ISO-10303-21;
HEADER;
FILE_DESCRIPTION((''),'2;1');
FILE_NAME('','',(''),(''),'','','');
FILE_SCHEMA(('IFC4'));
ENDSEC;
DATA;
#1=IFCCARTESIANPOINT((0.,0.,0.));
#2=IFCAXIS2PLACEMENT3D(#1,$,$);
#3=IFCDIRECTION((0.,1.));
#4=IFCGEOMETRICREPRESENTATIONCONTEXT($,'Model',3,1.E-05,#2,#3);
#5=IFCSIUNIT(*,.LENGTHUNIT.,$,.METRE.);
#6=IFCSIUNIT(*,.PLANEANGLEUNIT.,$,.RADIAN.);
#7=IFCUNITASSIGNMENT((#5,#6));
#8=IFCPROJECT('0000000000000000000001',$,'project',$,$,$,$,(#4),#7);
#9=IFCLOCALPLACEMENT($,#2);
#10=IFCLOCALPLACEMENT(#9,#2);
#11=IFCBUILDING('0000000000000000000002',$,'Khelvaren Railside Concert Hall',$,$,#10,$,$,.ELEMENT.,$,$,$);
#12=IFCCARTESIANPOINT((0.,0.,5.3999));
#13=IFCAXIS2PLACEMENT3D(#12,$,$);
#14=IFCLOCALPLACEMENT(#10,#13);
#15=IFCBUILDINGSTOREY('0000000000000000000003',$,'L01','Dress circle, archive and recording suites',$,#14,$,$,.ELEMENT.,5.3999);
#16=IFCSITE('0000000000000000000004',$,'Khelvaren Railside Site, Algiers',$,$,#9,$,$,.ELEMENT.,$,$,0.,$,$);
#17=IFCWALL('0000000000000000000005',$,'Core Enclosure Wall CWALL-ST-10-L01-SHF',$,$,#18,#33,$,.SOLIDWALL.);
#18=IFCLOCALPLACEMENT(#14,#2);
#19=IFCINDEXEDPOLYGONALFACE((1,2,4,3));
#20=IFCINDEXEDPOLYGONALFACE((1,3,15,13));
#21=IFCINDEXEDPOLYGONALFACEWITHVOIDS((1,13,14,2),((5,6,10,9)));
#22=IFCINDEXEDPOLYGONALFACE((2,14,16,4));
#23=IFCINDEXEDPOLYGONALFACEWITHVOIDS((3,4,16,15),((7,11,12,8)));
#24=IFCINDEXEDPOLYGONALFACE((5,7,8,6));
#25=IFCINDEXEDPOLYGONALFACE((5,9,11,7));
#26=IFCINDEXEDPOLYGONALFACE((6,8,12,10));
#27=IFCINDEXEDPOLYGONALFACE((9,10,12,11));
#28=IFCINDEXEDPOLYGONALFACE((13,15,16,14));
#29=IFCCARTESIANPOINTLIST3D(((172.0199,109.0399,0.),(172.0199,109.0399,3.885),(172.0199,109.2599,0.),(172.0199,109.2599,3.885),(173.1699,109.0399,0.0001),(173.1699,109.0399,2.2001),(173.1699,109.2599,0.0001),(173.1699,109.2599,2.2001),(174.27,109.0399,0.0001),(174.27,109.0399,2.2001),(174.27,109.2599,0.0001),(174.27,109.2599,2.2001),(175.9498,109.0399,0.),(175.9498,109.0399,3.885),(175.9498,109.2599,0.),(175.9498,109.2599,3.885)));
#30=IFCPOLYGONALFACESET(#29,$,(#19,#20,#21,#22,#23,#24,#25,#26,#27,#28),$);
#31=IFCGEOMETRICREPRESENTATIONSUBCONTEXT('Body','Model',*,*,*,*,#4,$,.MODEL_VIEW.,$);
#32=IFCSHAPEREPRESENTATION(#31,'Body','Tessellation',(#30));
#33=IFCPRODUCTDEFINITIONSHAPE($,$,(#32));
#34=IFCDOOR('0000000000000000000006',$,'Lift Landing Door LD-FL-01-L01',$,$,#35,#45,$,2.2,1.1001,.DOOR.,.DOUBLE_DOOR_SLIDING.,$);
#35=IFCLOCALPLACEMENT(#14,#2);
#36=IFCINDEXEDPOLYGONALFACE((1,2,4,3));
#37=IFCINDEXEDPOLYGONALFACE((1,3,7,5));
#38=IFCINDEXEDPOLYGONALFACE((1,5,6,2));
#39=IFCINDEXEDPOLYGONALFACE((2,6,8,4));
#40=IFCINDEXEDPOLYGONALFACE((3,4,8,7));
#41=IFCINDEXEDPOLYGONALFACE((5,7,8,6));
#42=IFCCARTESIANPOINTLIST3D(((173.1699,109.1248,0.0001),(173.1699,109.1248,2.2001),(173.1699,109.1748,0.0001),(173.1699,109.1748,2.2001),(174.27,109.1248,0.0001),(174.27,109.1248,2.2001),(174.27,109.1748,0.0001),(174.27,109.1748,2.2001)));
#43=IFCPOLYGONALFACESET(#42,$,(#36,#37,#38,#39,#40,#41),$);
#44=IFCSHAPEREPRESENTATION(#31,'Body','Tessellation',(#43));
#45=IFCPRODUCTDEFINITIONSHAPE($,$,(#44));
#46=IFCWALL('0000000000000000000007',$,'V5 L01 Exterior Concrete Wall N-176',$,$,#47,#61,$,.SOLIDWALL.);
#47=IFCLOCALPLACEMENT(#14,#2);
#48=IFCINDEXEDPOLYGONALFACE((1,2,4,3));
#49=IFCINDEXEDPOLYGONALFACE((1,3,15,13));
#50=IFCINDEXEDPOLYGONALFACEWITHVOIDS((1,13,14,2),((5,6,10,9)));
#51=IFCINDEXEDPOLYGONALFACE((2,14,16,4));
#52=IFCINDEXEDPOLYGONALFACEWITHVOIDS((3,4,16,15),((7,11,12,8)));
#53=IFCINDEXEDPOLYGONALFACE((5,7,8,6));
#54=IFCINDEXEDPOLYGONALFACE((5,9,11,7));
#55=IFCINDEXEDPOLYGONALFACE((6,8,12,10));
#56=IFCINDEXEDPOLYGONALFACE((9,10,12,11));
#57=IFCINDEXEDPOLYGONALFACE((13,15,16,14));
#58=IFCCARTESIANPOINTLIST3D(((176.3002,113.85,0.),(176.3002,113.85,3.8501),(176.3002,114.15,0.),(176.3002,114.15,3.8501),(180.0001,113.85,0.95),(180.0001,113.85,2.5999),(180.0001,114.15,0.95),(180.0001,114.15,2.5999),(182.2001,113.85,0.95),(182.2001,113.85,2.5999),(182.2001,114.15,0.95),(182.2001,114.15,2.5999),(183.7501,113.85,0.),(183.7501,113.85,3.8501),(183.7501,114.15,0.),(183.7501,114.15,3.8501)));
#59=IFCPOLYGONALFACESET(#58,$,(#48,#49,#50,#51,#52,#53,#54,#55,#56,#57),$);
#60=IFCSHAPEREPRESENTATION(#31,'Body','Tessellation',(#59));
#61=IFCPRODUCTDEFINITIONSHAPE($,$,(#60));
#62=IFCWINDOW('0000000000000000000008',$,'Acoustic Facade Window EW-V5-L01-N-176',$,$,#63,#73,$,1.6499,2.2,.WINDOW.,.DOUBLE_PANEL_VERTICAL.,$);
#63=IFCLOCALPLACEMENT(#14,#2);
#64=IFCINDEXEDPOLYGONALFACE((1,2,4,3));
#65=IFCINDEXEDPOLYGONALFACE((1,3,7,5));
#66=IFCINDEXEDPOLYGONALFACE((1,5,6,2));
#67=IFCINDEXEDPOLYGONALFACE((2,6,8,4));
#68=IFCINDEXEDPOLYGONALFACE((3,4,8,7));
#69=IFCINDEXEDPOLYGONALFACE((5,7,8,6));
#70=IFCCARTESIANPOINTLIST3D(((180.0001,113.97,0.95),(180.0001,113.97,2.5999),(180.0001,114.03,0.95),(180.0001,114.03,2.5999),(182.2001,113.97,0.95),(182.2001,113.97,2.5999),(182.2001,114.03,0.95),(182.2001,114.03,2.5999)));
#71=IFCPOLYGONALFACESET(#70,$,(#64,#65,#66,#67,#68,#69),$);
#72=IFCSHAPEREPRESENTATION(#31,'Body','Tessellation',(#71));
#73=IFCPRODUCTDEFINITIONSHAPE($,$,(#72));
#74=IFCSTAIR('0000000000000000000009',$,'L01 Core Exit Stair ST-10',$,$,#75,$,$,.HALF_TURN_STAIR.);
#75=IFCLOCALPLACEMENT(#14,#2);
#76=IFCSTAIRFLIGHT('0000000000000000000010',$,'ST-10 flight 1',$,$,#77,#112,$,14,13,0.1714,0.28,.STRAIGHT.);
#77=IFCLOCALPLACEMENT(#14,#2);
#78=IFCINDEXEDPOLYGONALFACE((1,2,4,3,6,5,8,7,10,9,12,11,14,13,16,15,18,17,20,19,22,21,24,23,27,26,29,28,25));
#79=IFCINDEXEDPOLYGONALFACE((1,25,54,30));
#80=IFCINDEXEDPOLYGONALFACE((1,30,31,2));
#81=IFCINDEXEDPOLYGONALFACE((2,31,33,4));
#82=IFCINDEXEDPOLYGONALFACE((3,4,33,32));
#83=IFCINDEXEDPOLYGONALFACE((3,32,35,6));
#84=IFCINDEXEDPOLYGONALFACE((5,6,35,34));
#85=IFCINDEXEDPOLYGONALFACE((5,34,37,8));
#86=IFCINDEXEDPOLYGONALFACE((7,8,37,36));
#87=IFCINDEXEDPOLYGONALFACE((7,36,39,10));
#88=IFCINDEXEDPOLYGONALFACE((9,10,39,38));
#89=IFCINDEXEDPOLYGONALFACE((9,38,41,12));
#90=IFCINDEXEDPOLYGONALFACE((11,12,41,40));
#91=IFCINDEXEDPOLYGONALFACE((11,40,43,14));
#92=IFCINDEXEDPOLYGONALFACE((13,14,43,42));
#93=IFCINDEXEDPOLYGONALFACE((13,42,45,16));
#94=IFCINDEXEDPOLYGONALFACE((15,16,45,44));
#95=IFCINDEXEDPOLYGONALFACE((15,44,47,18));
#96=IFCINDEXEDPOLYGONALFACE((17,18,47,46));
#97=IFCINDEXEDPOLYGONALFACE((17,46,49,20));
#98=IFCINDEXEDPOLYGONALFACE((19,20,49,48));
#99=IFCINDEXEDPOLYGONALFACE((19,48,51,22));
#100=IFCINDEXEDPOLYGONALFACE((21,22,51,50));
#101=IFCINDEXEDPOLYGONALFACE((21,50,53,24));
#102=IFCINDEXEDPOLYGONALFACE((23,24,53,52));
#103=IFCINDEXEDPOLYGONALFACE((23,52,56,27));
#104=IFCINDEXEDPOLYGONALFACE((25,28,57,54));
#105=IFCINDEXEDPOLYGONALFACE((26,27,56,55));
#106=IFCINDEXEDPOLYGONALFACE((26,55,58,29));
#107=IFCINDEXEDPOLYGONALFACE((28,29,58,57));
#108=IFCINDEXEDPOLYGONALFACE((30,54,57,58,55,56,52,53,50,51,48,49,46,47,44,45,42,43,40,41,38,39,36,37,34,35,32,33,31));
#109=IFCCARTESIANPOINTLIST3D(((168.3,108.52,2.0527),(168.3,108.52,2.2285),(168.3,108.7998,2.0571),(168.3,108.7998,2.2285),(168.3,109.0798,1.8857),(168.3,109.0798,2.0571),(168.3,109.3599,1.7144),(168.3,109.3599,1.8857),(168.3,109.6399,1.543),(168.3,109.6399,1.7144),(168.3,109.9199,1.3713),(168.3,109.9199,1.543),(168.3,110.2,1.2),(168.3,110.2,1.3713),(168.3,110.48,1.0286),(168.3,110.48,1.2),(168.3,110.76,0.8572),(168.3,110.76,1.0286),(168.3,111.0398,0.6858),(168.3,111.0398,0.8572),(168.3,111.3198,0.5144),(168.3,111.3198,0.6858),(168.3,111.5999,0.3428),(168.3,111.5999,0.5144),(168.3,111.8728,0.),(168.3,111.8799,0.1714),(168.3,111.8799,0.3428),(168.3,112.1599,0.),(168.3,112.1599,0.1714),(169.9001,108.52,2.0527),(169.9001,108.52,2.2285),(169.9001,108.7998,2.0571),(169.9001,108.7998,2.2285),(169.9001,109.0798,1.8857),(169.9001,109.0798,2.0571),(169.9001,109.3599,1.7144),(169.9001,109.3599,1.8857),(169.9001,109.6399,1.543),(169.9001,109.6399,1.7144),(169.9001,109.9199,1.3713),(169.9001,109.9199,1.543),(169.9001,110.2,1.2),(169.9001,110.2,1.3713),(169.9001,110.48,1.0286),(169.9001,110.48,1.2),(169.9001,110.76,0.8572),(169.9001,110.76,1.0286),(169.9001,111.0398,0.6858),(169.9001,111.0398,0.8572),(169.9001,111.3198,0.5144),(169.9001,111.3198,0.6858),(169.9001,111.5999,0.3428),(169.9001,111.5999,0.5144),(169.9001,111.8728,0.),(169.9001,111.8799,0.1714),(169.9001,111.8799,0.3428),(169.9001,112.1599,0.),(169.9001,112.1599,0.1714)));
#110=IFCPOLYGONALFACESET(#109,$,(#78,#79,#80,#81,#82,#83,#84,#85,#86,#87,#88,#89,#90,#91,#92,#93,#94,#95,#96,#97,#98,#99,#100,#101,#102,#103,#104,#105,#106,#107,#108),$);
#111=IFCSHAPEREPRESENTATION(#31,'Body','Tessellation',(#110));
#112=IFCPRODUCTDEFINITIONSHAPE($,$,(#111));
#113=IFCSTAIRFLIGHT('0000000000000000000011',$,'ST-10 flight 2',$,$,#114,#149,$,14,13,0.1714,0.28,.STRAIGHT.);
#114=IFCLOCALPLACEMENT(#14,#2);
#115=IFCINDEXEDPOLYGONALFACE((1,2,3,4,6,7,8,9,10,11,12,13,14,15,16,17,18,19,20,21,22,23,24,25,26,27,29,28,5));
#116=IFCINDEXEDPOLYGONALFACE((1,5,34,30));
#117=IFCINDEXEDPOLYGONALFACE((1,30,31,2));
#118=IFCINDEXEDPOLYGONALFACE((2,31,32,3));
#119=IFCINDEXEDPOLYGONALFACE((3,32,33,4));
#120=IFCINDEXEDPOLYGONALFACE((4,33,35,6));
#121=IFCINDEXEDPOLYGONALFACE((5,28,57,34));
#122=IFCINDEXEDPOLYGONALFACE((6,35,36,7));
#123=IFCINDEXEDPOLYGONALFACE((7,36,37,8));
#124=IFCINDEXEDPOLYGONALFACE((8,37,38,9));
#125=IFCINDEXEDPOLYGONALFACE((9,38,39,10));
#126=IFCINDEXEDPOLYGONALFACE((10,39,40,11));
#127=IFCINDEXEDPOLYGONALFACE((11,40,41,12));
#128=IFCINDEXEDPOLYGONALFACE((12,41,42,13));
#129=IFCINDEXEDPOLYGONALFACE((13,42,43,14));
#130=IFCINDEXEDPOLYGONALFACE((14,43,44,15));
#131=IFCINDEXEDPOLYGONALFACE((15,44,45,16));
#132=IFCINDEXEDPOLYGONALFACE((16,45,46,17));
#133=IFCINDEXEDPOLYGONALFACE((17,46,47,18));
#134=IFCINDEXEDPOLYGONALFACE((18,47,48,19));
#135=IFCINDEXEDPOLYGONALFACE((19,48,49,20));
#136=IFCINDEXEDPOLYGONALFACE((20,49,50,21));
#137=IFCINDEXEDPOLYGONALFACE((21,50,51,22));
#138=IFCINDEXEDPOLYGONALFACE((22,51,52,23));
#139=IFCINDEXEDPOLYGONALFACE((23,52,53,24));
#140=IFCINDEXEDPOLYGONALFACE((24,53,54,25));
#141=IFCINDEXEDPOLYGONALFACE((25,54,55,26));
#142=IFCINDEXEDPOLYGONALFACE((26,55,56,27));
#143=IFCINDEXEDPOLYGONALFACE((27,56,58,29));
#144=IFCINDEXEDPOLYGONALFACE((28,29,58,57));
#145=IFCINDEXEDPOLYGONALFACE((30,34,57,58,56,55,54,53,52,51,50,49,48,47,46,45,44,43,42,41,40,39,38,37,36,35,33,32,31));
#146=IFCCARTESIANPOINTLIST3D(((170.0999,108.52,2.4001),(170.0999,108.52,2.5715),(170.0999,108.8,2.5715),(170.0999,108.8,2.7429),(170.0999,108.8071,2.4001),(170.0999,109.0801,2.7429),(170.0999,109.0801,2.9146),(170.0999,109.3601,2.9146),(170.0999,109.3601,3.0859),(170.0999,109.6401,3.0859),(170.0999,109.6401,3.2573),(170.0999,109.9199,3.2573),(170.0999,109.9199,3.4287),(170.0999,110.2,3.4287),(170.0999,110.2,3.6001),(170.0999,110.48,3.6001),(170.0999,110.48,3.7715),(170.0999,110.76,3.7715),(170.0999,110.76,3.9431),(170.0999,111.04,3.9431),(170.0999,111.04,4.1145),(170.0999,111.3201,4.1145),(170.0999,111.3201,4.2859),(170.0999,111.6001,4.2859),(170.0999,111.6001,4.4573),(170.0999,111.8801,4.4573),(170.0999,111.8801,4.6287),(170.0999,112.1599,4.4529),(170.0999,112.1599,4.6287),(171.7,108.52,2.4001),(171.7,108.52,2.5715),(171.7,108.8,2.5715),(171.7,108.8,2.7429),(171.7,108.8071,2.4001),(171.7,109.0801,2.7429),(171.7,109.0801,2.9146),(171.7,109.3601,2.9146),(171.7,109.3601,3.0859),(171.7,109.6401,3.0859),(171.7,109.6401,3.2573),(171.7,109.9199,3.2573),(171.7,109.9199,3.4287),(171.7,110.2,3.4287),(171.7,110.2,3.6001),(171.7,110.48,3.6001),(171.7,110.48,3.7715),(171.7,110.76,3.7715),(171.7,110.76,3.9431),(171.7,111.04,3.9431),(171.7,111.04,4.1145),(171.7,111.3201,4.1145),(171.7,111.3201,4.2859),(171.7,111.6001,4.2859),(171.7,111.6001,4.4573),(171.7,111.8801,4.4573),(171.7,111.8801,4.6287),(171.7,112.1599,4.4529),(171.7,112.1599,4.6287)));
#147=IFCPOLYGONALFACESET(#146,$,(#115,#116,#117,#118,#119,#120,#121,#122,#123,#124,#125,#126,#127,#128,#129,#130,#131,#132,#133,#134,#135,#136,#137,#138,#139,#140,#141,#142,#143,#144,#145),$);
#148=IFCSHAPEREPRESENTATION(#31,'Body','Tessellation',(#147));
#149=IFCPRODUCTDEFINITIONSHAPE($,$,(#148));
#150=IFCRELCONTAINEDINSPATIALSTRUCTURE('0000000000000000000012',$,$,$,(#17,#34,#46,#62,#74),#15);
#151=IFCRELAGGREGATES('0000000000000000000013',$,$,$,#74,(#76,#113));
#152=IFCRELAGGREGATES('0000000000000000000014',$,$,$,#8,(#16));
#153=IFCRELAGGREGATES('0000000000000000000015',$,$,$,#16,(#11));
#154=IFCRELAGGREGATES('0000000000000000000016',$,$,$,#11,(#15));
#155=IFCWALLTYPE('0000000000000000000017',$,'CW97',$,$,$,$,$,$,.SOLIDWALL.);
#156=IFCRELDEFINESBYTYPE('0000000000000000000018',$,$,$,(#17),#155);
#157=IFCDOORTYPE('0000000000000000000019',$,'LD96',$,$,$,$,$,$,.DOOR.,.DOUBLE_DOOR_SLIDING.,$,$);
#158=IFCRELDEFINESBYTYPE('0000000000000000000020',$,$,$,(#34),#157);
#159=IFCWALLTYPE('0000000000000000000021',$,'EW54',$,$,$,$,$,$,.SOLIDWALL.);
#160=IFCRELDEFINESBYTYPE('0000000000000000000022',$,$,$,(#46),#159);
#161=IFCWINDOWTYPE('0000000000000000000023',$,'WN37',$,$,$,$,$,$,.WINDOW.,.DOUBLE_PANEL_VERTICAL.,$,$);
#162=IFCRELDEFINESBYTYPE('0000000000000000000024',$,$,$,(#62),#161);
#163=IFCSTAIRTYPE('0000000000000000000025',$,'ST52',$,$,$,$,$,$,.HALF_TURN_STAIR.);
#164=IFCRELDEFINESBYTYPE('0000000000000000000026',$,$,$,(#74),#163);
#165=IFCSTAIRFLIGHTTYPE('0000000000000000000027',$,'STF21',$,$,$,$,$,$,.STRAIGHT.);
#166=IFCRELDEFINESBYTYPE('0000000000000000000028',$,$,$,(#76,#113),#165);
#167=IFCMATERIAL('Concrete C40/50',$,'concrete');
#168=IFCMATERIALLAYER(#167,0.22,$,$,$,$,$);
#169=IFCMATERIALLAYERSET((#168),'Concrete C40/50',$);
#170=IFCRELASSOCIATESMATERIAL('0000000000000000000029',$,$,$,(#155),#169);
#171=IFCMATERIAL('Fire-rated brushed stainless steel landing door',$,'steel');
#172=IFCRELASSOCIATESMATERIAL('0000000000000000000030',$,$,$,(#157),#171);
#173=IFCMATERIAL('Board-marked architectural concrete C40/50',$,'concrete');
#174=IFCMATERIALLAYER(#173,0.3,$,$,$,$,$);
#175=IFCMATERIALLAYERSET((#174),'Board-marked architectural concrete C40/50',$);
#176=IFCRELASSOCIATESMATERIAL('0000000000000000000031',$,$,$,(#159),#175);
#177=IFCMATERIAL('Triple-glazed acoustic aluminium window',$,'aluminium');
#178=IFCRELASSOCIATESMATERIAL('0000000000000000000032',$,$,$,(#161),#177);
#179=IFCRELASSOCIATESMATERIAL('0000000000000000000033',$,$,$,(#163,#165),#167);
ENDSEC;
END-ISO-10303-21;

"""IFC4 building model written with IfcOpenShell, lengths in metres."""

from ifc_helpers import new_model, si_unit, direction, frame, frame_2d, origin, place, context, subcontext, project, spatial, polyline, rectangle, outline, extrude, material, layer, layer_set, type_object, element, fill, aggregate, save


model = new_model("IFC4")

# Units and contexts
model_context = context("Model", 3, precision=1e-05, world=origin(), true_north=direction((0.0, 1.0)))
body_context = subcontext(model_context, "Body", "Model", "MODEL_VIEW")
ifc_project = project(units=[si_unit("LENGTHUNIT", "METRE"), si_unit("PLANEANGLEUNIT", "RADIAN")], contexts=[model_context])

# Site, building, storey
site_placement = place(None, origin())
site = spatial("IfcSite", under=ifc_project, at=site_placement, Name="Khelvaren Railside Site, Algiers", CompositionType="ELEMENT", RefElevation=0.0)
building_placement = place(site_placement, origin())
building = spatial("IfcBuilding", under=site, at=building_placement, Name="Khelvaren Railside Concert Hall", CompositionType="ELEMENT")
storey_placement = place(building_placement, frame((0.0, 0.0, 5.3999)))
storey = spatial("IfcBuildingStorey", under=building, at=storey_placement, Name="L01", Description="Dress circle, archive and recording suites", CompositionType="ELEMENT", Elevation=5.3999)

# Shared definitions
ifc_material_1 = material(Name="Concrete C40/50", Category="concrete")

# Wall, opening, door
ifc_layer_1 = layer(ifc_material_1, 0.22)
ifc_layer_set_1 = layer_set([ifc_layer_1], Name="Concrete C40/50")
wall_type_1 = type_object("IfcWallType", Name="CW97", PredefinedType="SOLIDWALL", material=ifc_layer_set_1)
wall_1_placement = place(storey_placement, frame((172.02, 109.1499, 0.0), z_axis=(0.0, 0.0, 1.0), x_axis=(1.0, 0.0, 0.0)))
wall_1 = element("IfcWall", 1, at=wall_1_placement, inside=storey, type_object=wall_type_1, Name="Core Enclosure Wall CWALL-ST-10-L01-SHF", PredefinedType="SOLIDWALL", context=body_context, shape_type="SweptSolid", body=[
    extrude(rectangle(XDim=3.9299, YDim=0.22, at=frame_2d((1.9648, 0.0))), origin(), (0.0, 0.0, 1.0), 3.885),
])
opening_1_placement = place(wall_1_placement, frame((1.1499, 0.0, 0.0)))
opening_1 = element("IfcOpeningElement", 2, at=opening_1_placement, cuts=wall_1, PredefinedType="OPENING", context=body_context, shape_type="SweptSolid", body=[
    extrude(rectangle(XDim=1.1001, YDim=2.2, at=frame_2d((0.55, 1.1001))), frame((0.0, 0.1199, 0.0), z_axis=(0.0, -1.0, 0.0), x_axis=(1.0, 0.0, 0.0)), (0.0, 0.0, 1.0), 0.24),
])
ifc_material_2 = material(Name="Fire-rated brushed stainless steel landing door", Category="steel")
door_type_1 = type_object("IfcDoorType", Name="LD96", OperationType="DOUBLE_DOOR_SLIDING", PredefinedType="DOOR", material=ifc_material_2)
door_1_placement = place(opening_1_placement, origin())
door_1 = element("IfcDoor", 3, at=door_1_placement, inside=storey, type_object=door_type_1, Name="Lift Landing Door LD-FL-01-L01", OperationType="DOUBLE_DOOR_SLIDING", OverallHeight=2.2, OverallWidth=1.1001, PredefinedType="DOOR", context=body_context, shape_type="SweptSolid", body=[
    extrude(rectangle(XDim=1.1001, YDim=2.2, at=frame_2d((0.55, 1.1001))), frame((0.0, 0.0249, 0.0), z_axis=(0.0, -1.0, 0.0), x_axis=(1.0, 0.0, 0.0)), (0.0, 0.0, 1.0), 0.05),
])
fill(opening_1, door_1)

# Wall, opening, window
ifc_material_3 = material(Name="Board-marked architectural concrete C40/50", Category="concrete")
ifc_layer_2 = layer(ifc_material_3, 0.3)
ifc_layer_set_2 = layer_set([ifc_layer_2], Name="Board-marked architectural concrete C40/50")
wall_type_2 = type_object("IfcWallType", Name="EW54", PredefinedType="SOLIDWALL", material=ifc_layer_set_2)
wall_2_placement = place(storey_placement, frame((176.3, 114.0, 0.0), z_axis=(0.0, 0.0, 1.0), x_axis=(1.0, 0.0, 0.0)))
wall_2 = element("IfcWall", 4, at=wall_2_placement, inside=storey, type_object=wall_type_2, Name="V5 L01 Exterior Concrete Wall N-176", PredefinedType="SOLIDWALL", context=body_context, shape_type="SweptSolid", body=[
    extrude(rectangle(XDim=7.45, YDim=0.3, at=frame_2d((3.7251, 0.0))), origin(), (0.0, 0.0, 1.0), 3.8501),
])
opening_2_placement = place(wall_2_placement, frame((3.7, 0.0, 0.95)))
opening_2 = element("IfcOpeningElement", 5, at=opening_2_placement, cuts=wall_2, PredefinedType="OPENING", context=body_context, shape_type="SweptSolid", body=[
    extrude(rectangle(XDim=2.2, YDim=1.6499, at=frame_2d((1.1001, 0.825))), frame((0.0, 0.1599, 0.0), z_axis=(0.0, -1.0, 0.0), x_axis=(1.0, 0.0, 0.0)), (0.0, 0.0, 1.0), 0.3201),
])
ifc_material_4 = material(Name="Triple-glazed acoustic aluminium window", Category="aluminium")
window_type = type_object("IfcWindowType", Name="WN37", PartitioningType="DOUBLE_PANEL_VERTICAL", PredefinedType="WINDOW", material=ifc_material_4)
window_placement = place(opening_2_placement, origin())
window = element("IfcWindow", 6, at=window_placement, inside=storey, type_object=window_type, Name="Acoustic Facade Window EW-V5-L01-N-176", OverallHeight=1.6499, OverallWidth=2.2, PartitioningType="DOUBLE_PANEL_VERTICAL", PredefinedType="WINDOW", context=body_context, shape_type="SweptSolid", body=[
    extrude(rectangle(XDim=2.2, YDim=1.6499, at=frame_2d((1.1001, 0.825))), frame((0.0, 0.03, 0.0), z_axis=(0.0, -1.0, 0.0), x_axis=(1.0, 0.0, 0.0)), (0.0, 0.0, 1.0), 0.0601),
])
fill(opening_2, window)

# Stair, stair flights
stair_type = type_object("IfcStairType", Name="ST52", PredefinedType="HALF_TURN_STAIR", material=ifc_material_1)
stair_placement = place(storey_placement, origin())
stair = element("IfcStair", 7, at=stair_placement, inside=storey, type_object=stair_type, Name="L01 Core Exit Stair ST-10", PredefinedType="HALF_TURN_STAIR")
stair_flight_type = type_object("IfcStairFlightType", Name="STF21", PredefinedType="STRAIGHT", material=ifc_material_1)
stair_flight_1_placement = place(storey_placement, frame((169.1001, 112.1599, 0.0), z_axis=(0.0, 0.0, 1.0), x_axis=(0.0, -1.0, 0.0)))
stair_flight_1 = element("IfcStairFlight", 8, at=stair_flight_1_placement, type_object=stair_flight_type, Name="ST-10 flight 1", NumberOfRisers=14, NumberOfTreads=13, PredefinedType="STRAIGHT", RiserHeight=0.1714, TreadLength=0.28, context=body_context, shape_type="SweptSolid", body=[
    extrude(outline(polyline([(0.0, 0.0), (0.0, 0.1714), (0.28, 0.1714), (0.28, 0.3428), (0.5601, 0.3428), (0.5601, 0.5144), (0.8401, 0.5144), (0.8401, 0.6858), (1.1201, 0.6858), (1.1201, 0.8572), (1.3999, 0.8572), (1.3999, 1.0286), (1.6799, 1.0286), (1.6799, 1.2), (1.96, 1.2), (1.96, 1.3713), (2.24, 1.3713), (2.24, 1.543), (2.52, 1.543), (2.52, 1.7144), (2.8, 1.7144), (2.8, 1.8857), (3.0801, 1.8857), (3.0801, 2.0571), (3.3601, 2.0571), (3.3601, 2.2285), (3.6399, 2.2285), (3.6399, 2.3999), (3.6399, 2.0527), (0.2871, 0.0), (0.0, 0.0)])), frame((0.0, 0.8, 0.0), z_axis=(0.0, -1.0, 0.0), x_axis=(1.0, 0.0, 0.0)), (0.0, 0.0, 1.0), 1.6001),
])
stair_flight_2_placement = place(storey_placement, frame((170.8999, 108.52, 2.4001), z_axis=(0.0, 0.0, 1.0), x_axis=(0.0, 1.0, 0.0)))
stair_flight_2 = element("IfcStairFlight", 9, at=stair_flight_2_placement, type_object=stair_flight_type, Name="ST-10 flight 2", NumberOfRisers=14, NumberOfTreads=13, PredefinedType="STRAIGHT", RiserHeight=0.1714, TreadLength=0.28, context=body_context, shape_type="SweptSolid", body=[
    extrude(outline(polyline([(0.0, 0.0), (0.0, 0.1714), (0.28, 0.1714), (0.28, 0.3428), (0.5601, 0.3428), (0.5601, 0.5144), (0.8401, 0.5144), (0.8401, 0.6858), (1.1201, 0.6858), (1.1201, 0.8572), (1.3999, 0.8572), (1.3999, 1.0286), (1.6799, 1.0286), (1.6799, 1.2), (1.96, 1.2), (1.96, 1.3713), (2.24, 1.3713), (2.24, 1.543), (2.52, 1.543), (2.52, 1.7144), (2.8, 1.7144), (2.8, 1.8857), (3.0801, 1.8857), (3.0801, 2.0571), (3.3601, 2.0571), (3.3601, 2.2285), (3.6399, 2.2285), (3.6399, 2.3999), (3.6399, 2.0527), (0.2871, 0.0), (0.0, 0.0)])), frame((0.0, 0.8, 0.0), z_axis=(0.0, -1.0, 0.0), x_axis=(1.0, 0.0, 0.0)), (0.0, 0.0, 1.0), 1.6001),
])
aggregate(stair, [stair_flight_1, stair_flight_2])

save(model, "model.ifc")
